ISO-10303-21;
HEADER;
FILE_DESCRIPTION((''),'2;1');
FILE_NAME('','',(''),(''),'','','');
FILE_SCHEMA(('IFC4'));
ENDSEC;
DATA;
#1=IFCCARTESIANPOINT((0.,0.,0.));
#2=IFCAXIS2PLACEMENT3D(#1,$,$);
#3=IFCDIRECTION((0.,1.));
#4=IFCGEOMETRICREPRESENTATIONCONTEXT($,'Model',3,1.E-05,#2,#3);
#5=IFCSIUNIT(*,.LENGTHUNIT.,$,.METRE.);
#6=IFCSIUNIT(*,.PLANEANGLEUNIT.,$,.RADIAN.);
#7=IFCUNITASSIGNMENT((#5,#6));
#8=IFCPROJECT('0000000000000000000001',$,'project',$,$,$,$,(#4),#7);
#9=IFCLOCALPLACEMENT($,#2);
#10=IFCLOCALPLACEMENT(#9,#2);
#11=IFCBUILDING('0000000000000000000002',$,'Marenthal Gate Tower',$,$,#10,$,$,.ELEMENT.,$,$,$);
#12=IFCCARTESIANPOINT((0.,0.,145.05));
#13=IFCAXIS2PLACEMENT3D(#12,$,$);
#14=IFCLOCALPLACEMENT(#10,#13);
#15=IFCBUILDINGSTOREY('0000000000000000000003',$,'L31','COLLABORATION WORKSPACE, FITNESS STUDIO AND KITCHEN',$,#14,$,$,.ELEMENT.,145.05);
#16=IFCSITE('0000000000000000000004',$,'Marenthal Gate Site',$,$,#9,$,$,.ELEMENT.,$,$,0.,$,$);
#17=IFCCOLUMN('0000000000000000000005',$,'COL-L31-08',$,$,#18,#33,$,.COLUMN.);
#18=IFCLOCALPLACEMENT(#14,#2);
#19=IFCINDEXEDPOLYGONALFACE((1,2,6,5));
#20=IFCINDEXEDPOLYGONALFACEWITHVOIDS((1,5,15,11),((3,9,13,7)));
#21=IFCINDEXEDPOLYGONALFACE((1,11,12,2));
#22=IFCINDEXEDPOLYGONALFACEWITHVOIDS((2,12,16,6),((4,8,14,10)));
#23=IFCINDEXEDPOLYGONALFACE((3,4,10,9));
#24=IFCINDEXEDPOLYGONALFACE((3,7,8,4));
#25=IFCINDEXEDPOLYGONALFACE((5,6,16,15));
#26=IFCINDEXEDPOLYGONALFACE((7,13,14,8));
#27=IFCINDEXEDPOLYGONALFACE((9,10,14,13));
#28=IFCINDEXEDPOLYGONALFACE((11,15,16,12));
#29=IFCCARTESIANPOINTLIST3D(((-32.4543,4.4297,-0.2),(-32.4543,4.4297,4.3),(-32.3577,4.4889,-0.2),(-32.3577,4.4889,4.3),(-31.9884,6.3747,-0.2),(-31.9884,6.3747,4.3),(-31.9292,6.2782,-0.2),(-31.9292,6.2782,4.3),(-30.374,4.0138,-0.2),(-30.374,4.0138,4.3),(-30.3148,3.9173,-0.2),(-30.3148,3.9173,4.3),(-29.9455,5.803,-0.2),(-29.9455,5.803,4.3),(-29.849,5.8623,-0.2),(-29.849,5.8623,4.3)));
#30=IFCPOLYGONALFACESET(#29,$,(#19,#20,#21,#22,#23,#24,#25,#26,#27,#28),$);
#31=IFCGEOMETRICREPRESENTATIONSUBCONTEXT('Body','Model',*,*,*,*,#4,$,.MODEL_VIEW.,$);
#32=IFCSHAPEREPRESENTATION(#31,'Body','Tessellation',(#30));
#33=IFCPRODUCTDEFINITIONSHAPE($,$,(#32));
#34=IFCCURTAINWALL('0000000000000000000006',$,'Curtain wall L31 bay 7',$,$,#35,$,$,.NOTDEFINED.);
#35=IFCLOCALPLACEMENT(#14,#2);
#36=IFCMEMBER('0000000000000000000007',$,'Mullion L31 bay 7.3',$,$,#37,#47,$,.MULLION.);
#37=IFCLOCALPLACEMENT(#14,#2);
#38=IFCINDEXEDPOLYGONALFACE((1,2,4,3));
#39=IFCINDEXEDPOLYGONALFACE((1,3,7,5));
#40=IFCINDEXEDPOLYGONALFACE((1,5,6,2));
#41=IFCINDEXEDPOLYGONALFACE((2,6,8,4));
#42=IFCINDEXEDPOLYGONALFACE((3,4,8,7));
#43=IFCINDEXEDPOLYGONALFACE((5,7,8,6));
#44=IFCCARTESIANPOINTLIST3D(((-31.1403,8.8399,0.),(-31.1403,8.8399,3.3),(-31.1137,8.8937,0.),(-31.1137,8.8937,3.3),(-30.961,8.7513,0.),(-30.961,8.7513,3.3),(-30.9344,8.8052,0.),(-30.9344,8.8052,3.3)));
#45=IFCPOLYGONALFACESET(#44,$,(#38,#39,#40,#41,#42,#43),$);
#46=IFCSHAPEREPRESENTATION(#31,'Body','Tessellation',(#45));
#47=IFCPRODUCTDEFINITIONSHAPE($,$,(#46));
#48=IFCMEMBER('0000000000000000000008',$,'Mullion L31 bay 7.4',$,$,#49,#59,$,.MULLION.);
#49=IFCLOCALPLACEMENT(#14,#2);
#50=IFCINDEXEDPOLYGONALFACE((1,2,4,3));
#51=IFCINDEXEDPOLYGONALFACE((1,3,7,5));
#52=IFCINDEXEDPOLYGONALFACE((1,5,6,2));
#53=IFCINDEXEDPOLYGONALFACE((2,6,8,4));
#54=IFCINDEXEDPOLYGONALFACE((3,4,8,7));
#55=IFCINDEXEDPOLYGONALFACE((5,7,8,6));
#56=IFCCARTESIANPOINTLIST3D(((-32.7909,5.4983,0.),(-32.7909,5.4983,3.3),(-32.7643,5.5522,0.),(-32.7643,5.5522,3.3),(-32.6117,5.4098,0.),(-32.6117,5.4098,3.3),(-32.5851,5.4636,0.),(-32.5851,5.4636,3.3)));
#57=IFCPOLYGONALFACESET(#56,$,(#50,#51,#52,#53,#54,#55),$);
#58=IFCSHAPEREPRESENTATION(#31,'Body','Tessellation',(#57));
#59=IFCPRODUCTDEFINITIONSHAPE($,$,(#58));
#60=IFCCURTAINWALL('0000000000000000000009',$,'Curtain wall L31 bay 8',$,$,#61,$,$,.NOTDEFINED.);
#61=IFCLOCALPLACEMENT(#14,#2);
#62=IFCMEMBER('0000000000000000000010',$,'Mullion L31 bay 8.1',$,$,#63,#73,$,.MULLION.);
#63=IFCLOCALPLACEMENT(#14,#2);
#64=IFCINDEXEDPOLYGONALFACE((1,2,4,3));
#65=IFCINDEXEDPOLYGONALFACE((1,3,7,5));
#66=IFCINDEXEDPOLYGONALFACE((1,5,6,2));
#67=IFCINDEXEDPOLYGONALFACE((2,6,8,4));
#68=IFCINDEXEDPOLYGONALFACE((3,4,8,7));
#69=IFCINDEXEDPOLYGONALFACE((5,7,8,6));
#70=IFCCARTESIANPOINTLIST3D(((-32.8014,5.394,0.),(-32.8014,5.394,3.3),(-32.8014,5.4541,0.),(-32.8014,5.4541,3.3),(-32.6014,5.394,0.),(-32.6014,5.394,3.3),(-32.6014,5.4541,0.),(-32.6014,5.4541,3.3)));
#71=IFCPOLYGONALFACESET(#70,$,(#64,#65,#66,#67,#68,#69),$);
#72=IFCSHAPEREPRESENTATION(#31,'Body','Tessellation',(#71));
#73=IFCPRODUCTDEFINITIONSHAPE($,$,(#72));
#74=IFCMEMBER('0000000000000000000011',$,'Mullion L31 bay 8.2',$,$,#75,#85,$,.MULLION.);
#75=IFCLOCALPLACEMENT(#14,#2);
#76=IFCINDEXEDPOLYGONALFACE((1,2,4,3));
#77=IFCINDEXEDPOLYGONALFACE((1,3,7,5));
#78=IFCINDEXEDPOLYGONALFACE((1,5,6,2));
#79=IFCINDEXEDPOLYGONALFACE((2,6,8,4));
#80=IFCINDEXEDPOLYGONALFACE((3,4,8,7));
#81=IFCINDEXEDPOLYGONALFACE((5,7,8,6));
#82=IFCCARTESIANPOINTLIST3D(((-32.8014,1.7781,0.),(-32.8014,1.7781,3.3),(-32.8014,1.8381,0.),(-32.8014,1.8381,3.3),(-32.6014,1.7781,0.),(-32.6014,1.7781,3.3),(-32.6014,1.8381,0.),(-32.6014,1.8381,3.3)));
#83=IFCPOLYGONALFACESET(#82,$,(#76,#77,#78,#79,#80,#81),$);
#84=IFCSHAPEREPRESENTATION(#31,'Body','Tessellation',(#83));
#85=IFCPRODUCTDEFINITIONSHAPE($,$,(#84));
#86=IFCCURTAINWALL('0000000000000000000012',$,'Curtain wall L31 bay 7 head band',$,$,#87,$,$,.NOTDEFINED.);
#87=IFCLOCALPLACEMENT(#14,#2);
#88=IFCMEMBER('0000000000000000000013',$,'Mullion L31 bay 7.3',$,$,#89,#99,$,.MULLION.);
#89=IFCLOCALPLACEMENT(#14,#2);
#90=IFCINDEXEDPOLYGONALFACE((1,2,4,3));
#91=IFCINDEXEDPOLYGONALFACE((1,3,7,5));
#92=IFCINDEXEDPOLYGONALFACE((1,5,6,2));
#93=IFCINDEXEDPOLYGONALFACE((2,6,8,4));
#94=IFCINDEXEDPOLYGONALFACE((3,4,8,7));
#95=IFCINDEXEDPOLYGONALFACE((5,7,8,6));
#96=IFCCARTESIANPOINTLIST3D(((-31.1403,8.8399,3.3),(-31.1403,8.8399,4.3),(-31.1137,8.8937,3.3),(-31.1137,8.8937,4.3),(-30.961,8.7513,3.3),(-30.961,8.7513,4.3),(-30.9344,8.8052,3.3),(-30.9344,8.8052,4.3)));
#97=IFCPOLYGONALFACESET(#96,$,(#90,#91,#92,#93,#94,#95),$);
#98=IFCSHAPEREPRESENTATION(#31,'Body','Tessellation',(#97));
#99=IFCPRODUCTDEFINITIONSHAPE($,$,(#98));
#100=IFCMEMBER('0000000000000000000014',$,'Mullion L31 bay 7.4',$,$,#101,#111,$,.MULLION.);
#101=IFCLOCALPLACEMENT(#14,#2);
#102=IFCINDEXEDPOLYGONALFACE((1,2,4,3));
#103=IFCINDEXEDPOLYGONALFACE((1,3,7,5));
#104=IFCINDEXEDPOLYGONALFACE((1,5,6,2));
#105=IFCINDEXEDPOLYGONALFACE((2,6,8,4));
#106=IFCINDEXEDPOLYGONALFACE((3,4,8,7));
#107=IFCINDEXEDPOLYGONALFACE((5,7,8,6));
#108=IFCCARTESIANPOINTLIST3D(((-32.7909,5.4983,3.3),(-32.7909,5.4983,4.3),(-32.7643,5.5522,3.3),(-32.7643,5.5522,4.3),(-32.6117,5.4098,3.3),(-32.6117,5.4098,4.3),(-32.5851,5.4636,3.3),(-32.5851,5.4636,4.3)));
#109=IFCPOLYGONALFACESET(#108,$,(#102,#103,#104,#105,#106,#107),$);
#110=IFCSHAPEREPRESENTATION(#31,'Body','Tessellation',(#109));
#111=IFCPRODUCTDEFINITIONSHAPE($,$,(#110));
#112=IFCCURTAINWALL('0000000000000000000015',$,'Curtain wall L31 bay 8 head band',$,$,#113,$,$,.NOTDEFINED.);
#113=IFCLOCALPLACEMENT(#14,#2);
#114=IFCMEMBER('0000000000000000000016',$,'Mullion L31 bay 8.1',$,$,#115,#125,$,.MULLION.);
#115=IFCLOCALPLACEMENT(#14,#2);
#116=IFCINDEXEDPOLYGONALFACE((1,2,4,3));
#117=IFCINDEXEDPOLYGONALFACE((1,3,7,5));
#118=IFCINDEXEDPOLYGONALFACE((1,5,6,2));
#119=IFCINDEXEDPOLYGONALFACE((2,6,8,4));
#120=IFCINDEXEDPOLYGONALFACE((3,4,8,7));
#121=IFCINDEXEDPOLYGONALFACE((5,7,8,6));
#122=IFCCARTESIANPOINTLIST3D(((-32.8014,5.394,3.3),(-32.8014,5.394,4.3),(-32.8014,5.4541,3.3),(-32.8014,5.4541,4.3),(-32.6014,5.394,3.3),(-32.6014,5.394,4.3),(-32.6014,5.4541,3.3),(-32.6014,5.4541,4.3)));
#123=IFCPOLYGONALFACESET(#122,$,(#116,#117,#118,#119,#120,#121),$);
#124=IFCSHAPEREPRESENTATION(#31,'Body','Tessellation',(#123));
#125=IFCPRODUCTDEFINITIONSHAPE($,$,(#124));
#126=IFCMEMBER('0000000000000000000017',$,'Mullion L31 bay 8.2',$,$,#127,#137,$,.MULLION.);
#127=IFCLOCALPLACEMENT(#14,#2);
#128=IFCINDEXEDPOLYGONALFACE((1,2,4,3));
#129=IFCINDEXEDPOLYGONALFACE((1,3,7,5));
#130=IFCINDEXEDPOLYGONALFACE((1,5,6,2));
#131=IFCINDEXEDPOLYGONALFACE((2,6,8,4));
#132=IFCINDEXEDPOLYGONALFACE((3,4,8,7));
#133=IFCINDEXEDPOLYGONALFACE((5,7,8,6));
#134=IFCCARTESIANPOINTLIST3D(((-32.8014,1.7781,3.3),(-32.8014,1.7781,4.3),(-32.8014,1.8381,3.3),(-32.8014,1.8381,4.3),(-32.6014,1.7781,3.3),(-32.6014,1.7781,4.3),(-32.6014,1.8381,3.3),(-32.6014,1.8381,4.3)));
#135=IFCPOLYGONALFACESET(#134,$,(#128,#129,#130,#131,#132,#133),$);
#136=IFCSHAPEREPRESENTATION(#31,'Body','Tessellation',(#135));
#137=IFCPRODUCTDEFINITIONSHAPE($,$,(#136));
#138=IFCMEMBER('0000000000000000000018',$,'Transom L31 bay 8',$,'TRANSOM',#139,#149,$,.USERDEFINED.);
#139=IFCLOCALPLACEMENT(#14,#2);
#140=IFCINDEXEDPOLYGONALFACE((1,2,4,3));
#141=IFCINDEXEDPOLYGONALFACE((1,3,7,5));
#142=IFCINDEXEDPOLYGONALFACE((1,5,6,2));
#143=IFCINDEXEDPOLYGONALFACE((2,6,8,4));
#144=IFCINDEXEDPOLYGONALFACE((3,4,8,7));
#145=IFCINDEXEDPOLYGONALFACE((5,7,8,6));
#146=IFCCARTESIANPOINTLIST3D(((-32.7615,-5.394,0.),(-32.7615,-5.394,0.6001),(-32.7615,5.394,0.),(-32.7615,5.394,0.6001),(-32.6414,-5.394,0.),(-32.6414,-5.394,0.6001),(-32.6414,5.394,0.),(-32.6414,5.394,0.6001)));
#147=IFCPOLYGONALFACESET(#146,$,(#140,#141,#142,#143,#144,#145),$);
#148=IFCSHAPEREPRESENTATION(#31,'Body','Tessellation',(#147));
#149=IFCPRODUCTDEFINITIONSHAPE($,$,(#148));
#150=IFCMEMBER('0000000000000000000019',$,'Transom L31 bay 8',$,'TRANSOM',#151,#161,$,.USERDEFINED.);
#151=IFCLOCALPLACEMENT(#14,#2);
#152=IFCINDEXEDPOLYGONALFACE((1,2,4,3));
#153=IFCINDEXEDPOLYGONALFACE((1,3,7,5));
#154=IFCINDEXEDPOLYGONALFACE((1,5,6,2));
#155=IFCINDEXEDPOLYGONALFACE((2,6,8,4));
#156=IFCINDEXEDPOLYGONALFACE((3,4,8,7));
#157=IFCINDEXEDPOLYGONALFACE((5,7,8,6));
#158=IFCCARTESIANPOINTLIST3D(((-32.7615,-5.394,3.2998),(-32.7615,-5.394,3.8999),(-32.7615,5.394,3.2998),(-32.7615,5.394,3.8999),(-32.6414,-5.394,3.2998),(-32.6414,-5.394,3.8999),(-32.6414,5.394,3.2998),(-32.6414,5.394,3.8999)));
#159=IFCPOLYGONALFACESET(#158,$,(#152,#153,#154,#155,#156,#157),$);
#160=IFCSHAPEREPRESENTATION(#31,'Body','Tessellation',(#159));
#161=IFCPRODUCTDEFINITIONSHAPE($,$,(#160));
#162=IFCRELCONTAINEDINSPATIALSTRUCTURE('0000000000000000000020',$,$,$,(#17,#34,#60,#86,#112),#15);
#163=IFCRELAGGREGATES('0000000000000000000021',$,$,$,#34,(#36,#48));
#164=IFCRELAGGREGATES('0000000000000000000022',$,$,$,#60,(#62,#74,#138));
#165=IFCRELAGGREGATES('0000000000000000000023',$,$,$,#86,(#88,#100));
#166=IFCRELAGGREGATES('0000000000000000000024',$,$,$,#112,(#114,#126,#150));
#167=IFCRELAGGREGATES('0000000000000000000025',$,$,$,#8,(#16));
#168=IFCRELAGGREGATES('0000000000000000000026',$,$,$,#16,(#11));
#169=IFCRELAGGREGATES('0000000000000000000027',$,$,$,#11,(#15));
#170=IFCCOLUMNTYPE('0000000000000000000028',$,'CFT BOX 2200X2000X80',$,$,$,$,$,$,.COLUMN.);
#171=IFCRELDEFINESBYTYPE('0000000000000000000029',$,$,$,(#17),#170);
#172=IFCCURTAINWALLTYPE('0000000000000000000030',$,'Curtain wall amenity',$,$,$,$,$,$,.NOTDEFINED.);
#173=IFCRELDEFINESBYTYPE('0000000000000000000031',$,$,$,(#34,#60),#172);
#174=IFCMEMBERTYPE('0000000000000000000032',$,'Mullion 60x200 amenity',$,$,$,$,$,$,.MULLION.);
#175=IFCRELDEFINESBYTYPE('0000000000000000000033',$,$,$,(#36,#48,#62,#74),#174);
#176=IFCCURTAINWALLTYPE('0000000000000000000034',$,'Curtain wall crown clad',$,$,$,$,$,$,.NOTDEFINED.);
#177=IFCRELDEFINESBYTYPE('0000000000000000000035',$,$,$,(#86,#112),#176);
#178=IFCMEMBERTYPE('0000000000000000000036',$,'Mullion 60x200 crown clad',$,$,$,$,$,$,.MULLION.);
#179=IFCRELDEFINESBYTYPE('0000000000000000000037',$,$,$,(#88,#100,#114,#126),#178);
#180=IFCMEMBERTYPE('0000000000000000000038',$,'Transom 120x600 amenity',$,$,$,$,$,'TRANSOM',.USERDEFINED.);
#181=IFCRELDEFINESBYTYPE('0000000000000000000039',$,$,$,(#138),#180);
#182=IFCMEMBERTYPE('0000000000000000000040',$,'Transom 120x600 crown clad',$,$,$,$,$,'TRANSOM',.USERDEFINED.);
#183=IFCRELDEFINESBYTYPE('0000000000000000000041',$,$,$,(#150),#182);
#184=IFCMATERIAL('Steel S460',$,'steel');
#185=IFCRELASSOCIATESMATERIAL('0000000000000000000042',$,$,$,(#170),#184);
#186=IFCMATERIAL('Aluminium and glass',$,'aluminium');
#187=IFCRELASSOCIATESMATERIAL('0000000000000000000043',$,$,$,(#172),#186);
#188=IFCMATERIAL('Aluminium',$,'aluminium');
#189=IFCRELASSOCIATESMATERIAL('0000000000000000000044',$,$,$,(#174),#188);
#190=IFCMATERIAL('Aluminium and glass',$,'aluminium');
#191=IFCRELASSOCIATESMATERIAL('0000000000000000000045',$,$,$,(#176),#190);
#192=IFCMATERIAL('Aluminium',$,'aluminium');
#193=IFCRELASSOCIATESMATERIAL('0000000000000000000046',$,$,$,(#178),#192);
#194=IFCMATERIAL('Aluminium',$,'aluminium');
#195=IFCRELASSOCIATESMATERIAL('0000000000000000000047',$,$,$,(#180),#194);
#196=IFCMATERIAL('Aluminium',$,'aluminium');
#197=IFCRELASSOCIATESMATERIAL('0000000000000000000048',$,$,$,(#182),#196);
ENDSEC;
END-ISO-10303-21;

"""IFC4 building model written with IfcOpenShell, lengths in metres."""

from ifc_helpers import new_model, si_unit, direction, frame, origin, origin_2d, place, context, subcontext, project, spatial, rectangle, hollow_rectangle, extrude, material, material_profile, profile_set, type_object, element, aggregate, save


model = new_model("IFC4")

# Units and contexts
model_context = context("Model", 3, precision=1e-05, world=origin(), true_north=direction((0.0, 1.0)))
body_context = subcontext(model_context, "Body", "Model", "MODEL_VIEW")
ifc_project = project(units=[si_unit("LENGTHUNIT", "METRE"), si_unit("PLANEANGLEUNIT", "RADIAN")], contexts=[model_context])

# Site, building, storey
site_placement = place(None, origin())
site = spatial("IfcSite", under=ifc_project, at=site_placement, Name="Marenthal Gate Site", CompositionType="ELEMENT", RefElevation=0.0)
building_placement = place(site_placement, origin())
building = spatial("IfcBuilding", under=site, at=building_placement, Name="Marenthal Gate Tower", CompositionType="ELEMENT")
storey_placement = place(building_placement, frame((0.0, 0.0, 145.05)))
storey = spatial("IfcBuildingStorey", under=building, at=storey_placement, Name="L31", Description="COLLABORATION WORKSPACE, FITNESS STUDIO AND KITCHEN", CompositionType="ELEMENT", Elevation=145.05)

# Column
ifc_material_1 = material(Name="Steel S460", Category="steel")
ifc_material_profile_1 = material_profile(ifc_material_1, hollow_rectangle(XDim=2.0, YDim=2.2, WallThickness=0.0801, at=origin_2d()), Name="CFT BOX 2200X2000X80")
ifc_material_2 = material(Name="Concrete 70 MPa", Category="concrete")
ifc_material_profile_2 = material_profile(ifc_material_2, rectangle(XDim=1.8401, YDim=2.04, at=origin_2d()), Name="CFT BOX 2200X2000X80 INFILL")
ifc_profile_set_1 = profile_set([ifc_material_profile_1, ifc_material_profile_2], Name="Steel S460 shell, Concrete 70 MPa infill")
column_type = type_object("IfcColumnType", Name="CFT BOX 2200X2000X80", PredefinedType="COLUMN", material=ifc_profile_set_1)
column_placement = place(storey_placement, frame((-31.1516, 5.146, -0.2), z_axis=(0.0, 0.0, 1.0), x_axis=(0.232933, 0.972493, 0.0)))
element("IfcColumn", 1, at=column_placement, inside=storey, type_object=column_type, Name="COL-L31-08", PredefinedType="COLUMN", context=body_context, shape_type="SweptSolid", body=[
    extrude(hollow_rectangle(XDim=2.0, YDim=2.2, WallThickness=0.0801, at=origin_2d()), origin(), (0.0, 0.0, 1.0), 4.5),
])

# Curtain walls, members
ifc_material_3 = material(Name="Aluminium and glass", Category="aluminium")
curtain_wall_type_1 = type_object("IfcCurtainWallType", Name="Curtain wall amenity", PredefinedType="NOTDEFINED", material=ifc_material_3)
curtain_wall_1_placement = place(storey_placement, origin())
curtain_wall_1 = element("IfcCurtainWall", 2, at=curtain_wall_1_placement, inside=storey, type_object=curtain_wall_type_1, Name="Curtain wall L31 bay 7", PredefinedType="NOTDEFINED")
ifc_material_4 = material(Name="Aluminium", Category="aluminium")
ifc_material_profile_3 = material_profile(ifc_material_4, rectangle(XDim=0.2, YDim=0.0601, at=origin_2d()), Name="60x200 aluminium mullion")
ifc_profile_set_2 = profile_set([ifc_material_profile_3], Name="Aluminium")
member_type_1 = type_object("IfcMemberType", Name="Mullion 60x200 amenity", PredefinedType="MULLION", material=ifc_profile_set_2)
member_1_placement = place(storey_placement, frame((-31.0374, 8.8225, 0.0), z_axis=(0.0, 0.0, 1.0), x_axis=(0.896573, -0.442895, 0.0)))
member_1 = element("IfcMember", 3, at=member_1_placement, type_object=member_type_1, Name="Mullion L31 bay 7.3", PredefinedType="MULLION", context=body_context, shape_type="SweptSolid", body=[
    extrude(rectangle(XDim=0.2, YDim=0.0601, at=origin_2d()), origin(), (0.0, 0.0, 1.0), 3.3),
])
member_2_placement = place(storey_placement, frame((-32.688, 5.481, 0.0), z_axis=(0.0, 0.0, 1.0), x_axis=(0.896573, -0.442895, 0.0)))
member_2 = element("IfcMember", 4, at=member_2_placement, type_object=member_type_1, Name="Mullion L31 bay 7.4", PredefinedType="MULLION", context=body_context, shape_type="SweptSolid", body=[
    extrude(rectangle(XDim=0.2, YDim=0.0601, at=origin_2d()), origin(), (0.0, 0.0, 1.0), 3.3),
])
curtain_wall_2_placement = place(storey_placement, origin())
curtain_wall_2 = element("IfcCurtainWall", 5, at=curtain_wall_2_placement, inside=storey, type_object=curtain_wall_type_1, Name="Curtain wall L31 bay 8", PredefinedType="NOTDEFINED")
member_3_placement = place(storey_placement, frame((-32.7014, 5.4241, 0.0), z_axis=(0.0, 0.0, 1.0), x_axis=(1.0, 0.0, 0.0)))
member_3 = element("IfcMember", 6, at=member_3_placement, type_object=member_type_1, Name="Mullion L31 bay 8.1", PredefinedType="MULLION", context=body_context, shape_type="SweptSolid", body=[
    extrude(rectangle(XDim=0.2, YDim=0.0601, at=origin_2d()), origin(), (0.0, 0.0, 1.0), 3.3),
])
member_4_placement = place(storey_placement, frame((-32.7014, 1.8081, 0.0), z_axis=(0.0, 0.0, 1.0), x_axis=(1.0, 0.0, 0.0)))
member_4 = element("IfcMember", 7, at=member_4_placement, type_object=member_type_1, Name="Mullion L31 bay 8.2", PredefinedType="MULLION", context=body_context, shape_type="SweptSolid", body=[
    extrude(rectangle(XDim=0.2, YDim=0.0601, at=origin_2d()), origin(), (0.0, 0.0, 1.0), 3.3),
])
ifc_material_5 = material(Name="Aluminium and glass", Category="aluminium")
curtain_wall_type_2 = type_object("IfcCurtainWallType", Name="Curtain wall crown clad", PredefinedType="NOTDEFINED", material=ifc_material_5)
curtain_wall_3_placement = place(storey_placement, origin())
curtain_wall_3 = element("IfcCurtainWall", 8, at=curtain_wall_3_placement, inside=storey, type_object=curtain_wall_type_2, Name="Curtain wall L31 bay 7 head band", PredefinedType="NOTDEFINED")
ifc_material_6 = material(Name="Aluminium", Category="aluminium")
ifc_material_profile_4 = material_profile(ifc_material_6, rectangle(XDim=0.2, YDim=0.0601, at=origin_2d()), Name="60x200 aluminium mullion")
ifc_profile_set_3 = profile_set([ifc_material_profile_4], Name="Aluminium")
member_type_2 = type_object("IfcMemberType", Name="Mullion 60x200 crown clad", PredefinedType="MULLION", material=ifc_profile_set_3)
member_5_placement = place(storey_placement, frame((-31.0374, 8.8225, 3.3), z_axis=(0.0, 0.0, 1.0), x_axis=(0.896573, -0.442895, 0.0)))
member_5 = element("IfcMember", 9, at=member_5_placement, type_object=member_type_2, Name="Mullion L31 bay 7.3", PredefinedType="MULLION", context=body_context, shape_type="SweptSolid", body=[
    extrude(rectangle(XDim=0.2, YDim=0.0601, at=origin_2d()), origin(), (0.0, 0.0, 1.0), 1.0),
])
member_6_placement = place(storey_placement, frame((-32.688, 5.481, 3.3), z_axis=(0.0, 0.0, 1.0), x_axis=(0.896573, -0.442895, 0.0)))
member_6 = element("IfcMember", 10, at=member_6_placement, type_object=member_type_2, Name="Mullion L31 bay 7.4", PredefinedType="MULLION", context=body_context, shape_type="SweptSolid", body=[
    extrude(rectangle(XDim=0.2, YDim=0.0601, at=origin_2d()), origin(), (0.0, 0.0, 1.0), 1.0),
])
curtain_wall_4_placement = place(storey_placement, origin())
curtain_wall_4 = element("IfcCurtainWall", 11, at=curtain_wall_4_placement, inside=storey, type_object=curtain_wall_type_2, Name="Curtain wall L31 bay 8 head band", PredefinedType="NOTDEFINED")
member_7_placement = place(storey_placement, frame((-32.7014, 5.4241, 3.3), z_axis=(0.0, 0.0, 1.0), x_axis=(1.0, 0.0, 0.0)))
member_7 = element("IfcMember", 12, at=member_7_placement, type_object=member_type_2, Name="Mullion L31 bay 8.1", PredefinedType="MULLION", context=body_context, shape_type="SweptSolid", body=[
    extrude(rectangle(XDim=0.2, YDim=0.0601, at=origin_2d()), origin(), (0.0, 0.0, 1.0), 1.0),
])
member_8_placement = place(storey_placement, frame((-32.7014, 1.8081, 3.3), z_axis=(0.0, 0.0, 1.0), x_axis=(1.0, 0.0, 0.0)))
member_8 = element("IfcMember", 13, at=member_8_placement, type_object=member_type_2, Name="Mullion L31 bay 8.2", PredefinedType="MULLION", context=body_context, shape_type="SweptSolid", body=[
    extrude(rectangle(XDim=0.2, YDim=0.0601, at=origin_2d()), origin(), (0.0, 0.0, 1.0), 1.0),
])

# Members
ifc_material_7 = material(Name="Aluminium", Category="aluminium")
ifc_material_profile_5 = material_profile(ifc_material_7, rectangle(XDim=0.1201, YDim=0.6001, at=origin_2d()), Name="120x600 aluminium transom")
ifc_profile_set_4 = profile_set([ifc_material_profile_5], Name="Aluminium")
member_type_3 = type_object("IfcMemberType", Name="Transom 120x600 amenity", ElementType="TRANSOM", PredefinedType="USERDEFINED", material=ifc_profile_set_4)
member_9_placement = place(storey_placement, frame((-32.7014, 5.394, 0.3), z_axis=(0.0, -1.0, 0.0), x_axis=(1.0, 0.0, 0.0)))
member_9 = element("IfcMember", 14, at=member_9_placement, type_object=member_type_3, Name="Transom L31 bay 8", ObjectType="TRANSOM", PredefinedType="USERDEFINED", context=body_context, shape_type="SweptSolid", body=[
    extrude(rectangle(XDim=0.1201, YDim=0.6001, at=origin_2d()), origin(), (0.0, 0.0, 1.0), 10.7881),
])
ifc_material_8 = material(Name="Aluminium", Category="aluminium")
ifc_material_profile_6 = material_profile(ifc_material_8, rectangle(XDim=0.1201, YDim=0.6001, at=origin_2d()), Name="120x600 aluminium transom")
ifc_profile_set_5 = profile_set([ifc_material_profile_6], Name="Aluminium")
member_type_4 = type_object("IfcMemberType", Name="Transom 120x600 crown clad", ElementType="TRANSOM", PredefinedType="USERDEFINED", material=ifc_profile_set_5)
member_10_placement = place(storey_placement, frame((-32.7014, 5.394, 3.5999), z_axis=(0.0, -1.0, 0.0), x_axis=(1.0, 0.0, 0.0)))
member_10 = element("IfcMember", 15, at=member_10_placement, type_object=member_type_4, Name="Transom L31 bay 8", ObjectType="TRANSOM", PredefinedType="USERDEFINED", context=body_context, shape_type="SweptSolid", body=[
    extrude(rectangle(XDim=0.1201, YDim=0.6001, at=origin_2d()), origin(), (0.0, 0.0, 1.0), 10.7881),
])

aggregate(curtain_wall_1, [member_1, member_2])
aggregate(curtain_wall_2, [member_3, member_4, member_9])
aggregate(curtain_wall_3, [member_5, member_6])
aggregate(curtain_wall_4, [member_7, member_8, member_10])

save(model, "model.ifc")
